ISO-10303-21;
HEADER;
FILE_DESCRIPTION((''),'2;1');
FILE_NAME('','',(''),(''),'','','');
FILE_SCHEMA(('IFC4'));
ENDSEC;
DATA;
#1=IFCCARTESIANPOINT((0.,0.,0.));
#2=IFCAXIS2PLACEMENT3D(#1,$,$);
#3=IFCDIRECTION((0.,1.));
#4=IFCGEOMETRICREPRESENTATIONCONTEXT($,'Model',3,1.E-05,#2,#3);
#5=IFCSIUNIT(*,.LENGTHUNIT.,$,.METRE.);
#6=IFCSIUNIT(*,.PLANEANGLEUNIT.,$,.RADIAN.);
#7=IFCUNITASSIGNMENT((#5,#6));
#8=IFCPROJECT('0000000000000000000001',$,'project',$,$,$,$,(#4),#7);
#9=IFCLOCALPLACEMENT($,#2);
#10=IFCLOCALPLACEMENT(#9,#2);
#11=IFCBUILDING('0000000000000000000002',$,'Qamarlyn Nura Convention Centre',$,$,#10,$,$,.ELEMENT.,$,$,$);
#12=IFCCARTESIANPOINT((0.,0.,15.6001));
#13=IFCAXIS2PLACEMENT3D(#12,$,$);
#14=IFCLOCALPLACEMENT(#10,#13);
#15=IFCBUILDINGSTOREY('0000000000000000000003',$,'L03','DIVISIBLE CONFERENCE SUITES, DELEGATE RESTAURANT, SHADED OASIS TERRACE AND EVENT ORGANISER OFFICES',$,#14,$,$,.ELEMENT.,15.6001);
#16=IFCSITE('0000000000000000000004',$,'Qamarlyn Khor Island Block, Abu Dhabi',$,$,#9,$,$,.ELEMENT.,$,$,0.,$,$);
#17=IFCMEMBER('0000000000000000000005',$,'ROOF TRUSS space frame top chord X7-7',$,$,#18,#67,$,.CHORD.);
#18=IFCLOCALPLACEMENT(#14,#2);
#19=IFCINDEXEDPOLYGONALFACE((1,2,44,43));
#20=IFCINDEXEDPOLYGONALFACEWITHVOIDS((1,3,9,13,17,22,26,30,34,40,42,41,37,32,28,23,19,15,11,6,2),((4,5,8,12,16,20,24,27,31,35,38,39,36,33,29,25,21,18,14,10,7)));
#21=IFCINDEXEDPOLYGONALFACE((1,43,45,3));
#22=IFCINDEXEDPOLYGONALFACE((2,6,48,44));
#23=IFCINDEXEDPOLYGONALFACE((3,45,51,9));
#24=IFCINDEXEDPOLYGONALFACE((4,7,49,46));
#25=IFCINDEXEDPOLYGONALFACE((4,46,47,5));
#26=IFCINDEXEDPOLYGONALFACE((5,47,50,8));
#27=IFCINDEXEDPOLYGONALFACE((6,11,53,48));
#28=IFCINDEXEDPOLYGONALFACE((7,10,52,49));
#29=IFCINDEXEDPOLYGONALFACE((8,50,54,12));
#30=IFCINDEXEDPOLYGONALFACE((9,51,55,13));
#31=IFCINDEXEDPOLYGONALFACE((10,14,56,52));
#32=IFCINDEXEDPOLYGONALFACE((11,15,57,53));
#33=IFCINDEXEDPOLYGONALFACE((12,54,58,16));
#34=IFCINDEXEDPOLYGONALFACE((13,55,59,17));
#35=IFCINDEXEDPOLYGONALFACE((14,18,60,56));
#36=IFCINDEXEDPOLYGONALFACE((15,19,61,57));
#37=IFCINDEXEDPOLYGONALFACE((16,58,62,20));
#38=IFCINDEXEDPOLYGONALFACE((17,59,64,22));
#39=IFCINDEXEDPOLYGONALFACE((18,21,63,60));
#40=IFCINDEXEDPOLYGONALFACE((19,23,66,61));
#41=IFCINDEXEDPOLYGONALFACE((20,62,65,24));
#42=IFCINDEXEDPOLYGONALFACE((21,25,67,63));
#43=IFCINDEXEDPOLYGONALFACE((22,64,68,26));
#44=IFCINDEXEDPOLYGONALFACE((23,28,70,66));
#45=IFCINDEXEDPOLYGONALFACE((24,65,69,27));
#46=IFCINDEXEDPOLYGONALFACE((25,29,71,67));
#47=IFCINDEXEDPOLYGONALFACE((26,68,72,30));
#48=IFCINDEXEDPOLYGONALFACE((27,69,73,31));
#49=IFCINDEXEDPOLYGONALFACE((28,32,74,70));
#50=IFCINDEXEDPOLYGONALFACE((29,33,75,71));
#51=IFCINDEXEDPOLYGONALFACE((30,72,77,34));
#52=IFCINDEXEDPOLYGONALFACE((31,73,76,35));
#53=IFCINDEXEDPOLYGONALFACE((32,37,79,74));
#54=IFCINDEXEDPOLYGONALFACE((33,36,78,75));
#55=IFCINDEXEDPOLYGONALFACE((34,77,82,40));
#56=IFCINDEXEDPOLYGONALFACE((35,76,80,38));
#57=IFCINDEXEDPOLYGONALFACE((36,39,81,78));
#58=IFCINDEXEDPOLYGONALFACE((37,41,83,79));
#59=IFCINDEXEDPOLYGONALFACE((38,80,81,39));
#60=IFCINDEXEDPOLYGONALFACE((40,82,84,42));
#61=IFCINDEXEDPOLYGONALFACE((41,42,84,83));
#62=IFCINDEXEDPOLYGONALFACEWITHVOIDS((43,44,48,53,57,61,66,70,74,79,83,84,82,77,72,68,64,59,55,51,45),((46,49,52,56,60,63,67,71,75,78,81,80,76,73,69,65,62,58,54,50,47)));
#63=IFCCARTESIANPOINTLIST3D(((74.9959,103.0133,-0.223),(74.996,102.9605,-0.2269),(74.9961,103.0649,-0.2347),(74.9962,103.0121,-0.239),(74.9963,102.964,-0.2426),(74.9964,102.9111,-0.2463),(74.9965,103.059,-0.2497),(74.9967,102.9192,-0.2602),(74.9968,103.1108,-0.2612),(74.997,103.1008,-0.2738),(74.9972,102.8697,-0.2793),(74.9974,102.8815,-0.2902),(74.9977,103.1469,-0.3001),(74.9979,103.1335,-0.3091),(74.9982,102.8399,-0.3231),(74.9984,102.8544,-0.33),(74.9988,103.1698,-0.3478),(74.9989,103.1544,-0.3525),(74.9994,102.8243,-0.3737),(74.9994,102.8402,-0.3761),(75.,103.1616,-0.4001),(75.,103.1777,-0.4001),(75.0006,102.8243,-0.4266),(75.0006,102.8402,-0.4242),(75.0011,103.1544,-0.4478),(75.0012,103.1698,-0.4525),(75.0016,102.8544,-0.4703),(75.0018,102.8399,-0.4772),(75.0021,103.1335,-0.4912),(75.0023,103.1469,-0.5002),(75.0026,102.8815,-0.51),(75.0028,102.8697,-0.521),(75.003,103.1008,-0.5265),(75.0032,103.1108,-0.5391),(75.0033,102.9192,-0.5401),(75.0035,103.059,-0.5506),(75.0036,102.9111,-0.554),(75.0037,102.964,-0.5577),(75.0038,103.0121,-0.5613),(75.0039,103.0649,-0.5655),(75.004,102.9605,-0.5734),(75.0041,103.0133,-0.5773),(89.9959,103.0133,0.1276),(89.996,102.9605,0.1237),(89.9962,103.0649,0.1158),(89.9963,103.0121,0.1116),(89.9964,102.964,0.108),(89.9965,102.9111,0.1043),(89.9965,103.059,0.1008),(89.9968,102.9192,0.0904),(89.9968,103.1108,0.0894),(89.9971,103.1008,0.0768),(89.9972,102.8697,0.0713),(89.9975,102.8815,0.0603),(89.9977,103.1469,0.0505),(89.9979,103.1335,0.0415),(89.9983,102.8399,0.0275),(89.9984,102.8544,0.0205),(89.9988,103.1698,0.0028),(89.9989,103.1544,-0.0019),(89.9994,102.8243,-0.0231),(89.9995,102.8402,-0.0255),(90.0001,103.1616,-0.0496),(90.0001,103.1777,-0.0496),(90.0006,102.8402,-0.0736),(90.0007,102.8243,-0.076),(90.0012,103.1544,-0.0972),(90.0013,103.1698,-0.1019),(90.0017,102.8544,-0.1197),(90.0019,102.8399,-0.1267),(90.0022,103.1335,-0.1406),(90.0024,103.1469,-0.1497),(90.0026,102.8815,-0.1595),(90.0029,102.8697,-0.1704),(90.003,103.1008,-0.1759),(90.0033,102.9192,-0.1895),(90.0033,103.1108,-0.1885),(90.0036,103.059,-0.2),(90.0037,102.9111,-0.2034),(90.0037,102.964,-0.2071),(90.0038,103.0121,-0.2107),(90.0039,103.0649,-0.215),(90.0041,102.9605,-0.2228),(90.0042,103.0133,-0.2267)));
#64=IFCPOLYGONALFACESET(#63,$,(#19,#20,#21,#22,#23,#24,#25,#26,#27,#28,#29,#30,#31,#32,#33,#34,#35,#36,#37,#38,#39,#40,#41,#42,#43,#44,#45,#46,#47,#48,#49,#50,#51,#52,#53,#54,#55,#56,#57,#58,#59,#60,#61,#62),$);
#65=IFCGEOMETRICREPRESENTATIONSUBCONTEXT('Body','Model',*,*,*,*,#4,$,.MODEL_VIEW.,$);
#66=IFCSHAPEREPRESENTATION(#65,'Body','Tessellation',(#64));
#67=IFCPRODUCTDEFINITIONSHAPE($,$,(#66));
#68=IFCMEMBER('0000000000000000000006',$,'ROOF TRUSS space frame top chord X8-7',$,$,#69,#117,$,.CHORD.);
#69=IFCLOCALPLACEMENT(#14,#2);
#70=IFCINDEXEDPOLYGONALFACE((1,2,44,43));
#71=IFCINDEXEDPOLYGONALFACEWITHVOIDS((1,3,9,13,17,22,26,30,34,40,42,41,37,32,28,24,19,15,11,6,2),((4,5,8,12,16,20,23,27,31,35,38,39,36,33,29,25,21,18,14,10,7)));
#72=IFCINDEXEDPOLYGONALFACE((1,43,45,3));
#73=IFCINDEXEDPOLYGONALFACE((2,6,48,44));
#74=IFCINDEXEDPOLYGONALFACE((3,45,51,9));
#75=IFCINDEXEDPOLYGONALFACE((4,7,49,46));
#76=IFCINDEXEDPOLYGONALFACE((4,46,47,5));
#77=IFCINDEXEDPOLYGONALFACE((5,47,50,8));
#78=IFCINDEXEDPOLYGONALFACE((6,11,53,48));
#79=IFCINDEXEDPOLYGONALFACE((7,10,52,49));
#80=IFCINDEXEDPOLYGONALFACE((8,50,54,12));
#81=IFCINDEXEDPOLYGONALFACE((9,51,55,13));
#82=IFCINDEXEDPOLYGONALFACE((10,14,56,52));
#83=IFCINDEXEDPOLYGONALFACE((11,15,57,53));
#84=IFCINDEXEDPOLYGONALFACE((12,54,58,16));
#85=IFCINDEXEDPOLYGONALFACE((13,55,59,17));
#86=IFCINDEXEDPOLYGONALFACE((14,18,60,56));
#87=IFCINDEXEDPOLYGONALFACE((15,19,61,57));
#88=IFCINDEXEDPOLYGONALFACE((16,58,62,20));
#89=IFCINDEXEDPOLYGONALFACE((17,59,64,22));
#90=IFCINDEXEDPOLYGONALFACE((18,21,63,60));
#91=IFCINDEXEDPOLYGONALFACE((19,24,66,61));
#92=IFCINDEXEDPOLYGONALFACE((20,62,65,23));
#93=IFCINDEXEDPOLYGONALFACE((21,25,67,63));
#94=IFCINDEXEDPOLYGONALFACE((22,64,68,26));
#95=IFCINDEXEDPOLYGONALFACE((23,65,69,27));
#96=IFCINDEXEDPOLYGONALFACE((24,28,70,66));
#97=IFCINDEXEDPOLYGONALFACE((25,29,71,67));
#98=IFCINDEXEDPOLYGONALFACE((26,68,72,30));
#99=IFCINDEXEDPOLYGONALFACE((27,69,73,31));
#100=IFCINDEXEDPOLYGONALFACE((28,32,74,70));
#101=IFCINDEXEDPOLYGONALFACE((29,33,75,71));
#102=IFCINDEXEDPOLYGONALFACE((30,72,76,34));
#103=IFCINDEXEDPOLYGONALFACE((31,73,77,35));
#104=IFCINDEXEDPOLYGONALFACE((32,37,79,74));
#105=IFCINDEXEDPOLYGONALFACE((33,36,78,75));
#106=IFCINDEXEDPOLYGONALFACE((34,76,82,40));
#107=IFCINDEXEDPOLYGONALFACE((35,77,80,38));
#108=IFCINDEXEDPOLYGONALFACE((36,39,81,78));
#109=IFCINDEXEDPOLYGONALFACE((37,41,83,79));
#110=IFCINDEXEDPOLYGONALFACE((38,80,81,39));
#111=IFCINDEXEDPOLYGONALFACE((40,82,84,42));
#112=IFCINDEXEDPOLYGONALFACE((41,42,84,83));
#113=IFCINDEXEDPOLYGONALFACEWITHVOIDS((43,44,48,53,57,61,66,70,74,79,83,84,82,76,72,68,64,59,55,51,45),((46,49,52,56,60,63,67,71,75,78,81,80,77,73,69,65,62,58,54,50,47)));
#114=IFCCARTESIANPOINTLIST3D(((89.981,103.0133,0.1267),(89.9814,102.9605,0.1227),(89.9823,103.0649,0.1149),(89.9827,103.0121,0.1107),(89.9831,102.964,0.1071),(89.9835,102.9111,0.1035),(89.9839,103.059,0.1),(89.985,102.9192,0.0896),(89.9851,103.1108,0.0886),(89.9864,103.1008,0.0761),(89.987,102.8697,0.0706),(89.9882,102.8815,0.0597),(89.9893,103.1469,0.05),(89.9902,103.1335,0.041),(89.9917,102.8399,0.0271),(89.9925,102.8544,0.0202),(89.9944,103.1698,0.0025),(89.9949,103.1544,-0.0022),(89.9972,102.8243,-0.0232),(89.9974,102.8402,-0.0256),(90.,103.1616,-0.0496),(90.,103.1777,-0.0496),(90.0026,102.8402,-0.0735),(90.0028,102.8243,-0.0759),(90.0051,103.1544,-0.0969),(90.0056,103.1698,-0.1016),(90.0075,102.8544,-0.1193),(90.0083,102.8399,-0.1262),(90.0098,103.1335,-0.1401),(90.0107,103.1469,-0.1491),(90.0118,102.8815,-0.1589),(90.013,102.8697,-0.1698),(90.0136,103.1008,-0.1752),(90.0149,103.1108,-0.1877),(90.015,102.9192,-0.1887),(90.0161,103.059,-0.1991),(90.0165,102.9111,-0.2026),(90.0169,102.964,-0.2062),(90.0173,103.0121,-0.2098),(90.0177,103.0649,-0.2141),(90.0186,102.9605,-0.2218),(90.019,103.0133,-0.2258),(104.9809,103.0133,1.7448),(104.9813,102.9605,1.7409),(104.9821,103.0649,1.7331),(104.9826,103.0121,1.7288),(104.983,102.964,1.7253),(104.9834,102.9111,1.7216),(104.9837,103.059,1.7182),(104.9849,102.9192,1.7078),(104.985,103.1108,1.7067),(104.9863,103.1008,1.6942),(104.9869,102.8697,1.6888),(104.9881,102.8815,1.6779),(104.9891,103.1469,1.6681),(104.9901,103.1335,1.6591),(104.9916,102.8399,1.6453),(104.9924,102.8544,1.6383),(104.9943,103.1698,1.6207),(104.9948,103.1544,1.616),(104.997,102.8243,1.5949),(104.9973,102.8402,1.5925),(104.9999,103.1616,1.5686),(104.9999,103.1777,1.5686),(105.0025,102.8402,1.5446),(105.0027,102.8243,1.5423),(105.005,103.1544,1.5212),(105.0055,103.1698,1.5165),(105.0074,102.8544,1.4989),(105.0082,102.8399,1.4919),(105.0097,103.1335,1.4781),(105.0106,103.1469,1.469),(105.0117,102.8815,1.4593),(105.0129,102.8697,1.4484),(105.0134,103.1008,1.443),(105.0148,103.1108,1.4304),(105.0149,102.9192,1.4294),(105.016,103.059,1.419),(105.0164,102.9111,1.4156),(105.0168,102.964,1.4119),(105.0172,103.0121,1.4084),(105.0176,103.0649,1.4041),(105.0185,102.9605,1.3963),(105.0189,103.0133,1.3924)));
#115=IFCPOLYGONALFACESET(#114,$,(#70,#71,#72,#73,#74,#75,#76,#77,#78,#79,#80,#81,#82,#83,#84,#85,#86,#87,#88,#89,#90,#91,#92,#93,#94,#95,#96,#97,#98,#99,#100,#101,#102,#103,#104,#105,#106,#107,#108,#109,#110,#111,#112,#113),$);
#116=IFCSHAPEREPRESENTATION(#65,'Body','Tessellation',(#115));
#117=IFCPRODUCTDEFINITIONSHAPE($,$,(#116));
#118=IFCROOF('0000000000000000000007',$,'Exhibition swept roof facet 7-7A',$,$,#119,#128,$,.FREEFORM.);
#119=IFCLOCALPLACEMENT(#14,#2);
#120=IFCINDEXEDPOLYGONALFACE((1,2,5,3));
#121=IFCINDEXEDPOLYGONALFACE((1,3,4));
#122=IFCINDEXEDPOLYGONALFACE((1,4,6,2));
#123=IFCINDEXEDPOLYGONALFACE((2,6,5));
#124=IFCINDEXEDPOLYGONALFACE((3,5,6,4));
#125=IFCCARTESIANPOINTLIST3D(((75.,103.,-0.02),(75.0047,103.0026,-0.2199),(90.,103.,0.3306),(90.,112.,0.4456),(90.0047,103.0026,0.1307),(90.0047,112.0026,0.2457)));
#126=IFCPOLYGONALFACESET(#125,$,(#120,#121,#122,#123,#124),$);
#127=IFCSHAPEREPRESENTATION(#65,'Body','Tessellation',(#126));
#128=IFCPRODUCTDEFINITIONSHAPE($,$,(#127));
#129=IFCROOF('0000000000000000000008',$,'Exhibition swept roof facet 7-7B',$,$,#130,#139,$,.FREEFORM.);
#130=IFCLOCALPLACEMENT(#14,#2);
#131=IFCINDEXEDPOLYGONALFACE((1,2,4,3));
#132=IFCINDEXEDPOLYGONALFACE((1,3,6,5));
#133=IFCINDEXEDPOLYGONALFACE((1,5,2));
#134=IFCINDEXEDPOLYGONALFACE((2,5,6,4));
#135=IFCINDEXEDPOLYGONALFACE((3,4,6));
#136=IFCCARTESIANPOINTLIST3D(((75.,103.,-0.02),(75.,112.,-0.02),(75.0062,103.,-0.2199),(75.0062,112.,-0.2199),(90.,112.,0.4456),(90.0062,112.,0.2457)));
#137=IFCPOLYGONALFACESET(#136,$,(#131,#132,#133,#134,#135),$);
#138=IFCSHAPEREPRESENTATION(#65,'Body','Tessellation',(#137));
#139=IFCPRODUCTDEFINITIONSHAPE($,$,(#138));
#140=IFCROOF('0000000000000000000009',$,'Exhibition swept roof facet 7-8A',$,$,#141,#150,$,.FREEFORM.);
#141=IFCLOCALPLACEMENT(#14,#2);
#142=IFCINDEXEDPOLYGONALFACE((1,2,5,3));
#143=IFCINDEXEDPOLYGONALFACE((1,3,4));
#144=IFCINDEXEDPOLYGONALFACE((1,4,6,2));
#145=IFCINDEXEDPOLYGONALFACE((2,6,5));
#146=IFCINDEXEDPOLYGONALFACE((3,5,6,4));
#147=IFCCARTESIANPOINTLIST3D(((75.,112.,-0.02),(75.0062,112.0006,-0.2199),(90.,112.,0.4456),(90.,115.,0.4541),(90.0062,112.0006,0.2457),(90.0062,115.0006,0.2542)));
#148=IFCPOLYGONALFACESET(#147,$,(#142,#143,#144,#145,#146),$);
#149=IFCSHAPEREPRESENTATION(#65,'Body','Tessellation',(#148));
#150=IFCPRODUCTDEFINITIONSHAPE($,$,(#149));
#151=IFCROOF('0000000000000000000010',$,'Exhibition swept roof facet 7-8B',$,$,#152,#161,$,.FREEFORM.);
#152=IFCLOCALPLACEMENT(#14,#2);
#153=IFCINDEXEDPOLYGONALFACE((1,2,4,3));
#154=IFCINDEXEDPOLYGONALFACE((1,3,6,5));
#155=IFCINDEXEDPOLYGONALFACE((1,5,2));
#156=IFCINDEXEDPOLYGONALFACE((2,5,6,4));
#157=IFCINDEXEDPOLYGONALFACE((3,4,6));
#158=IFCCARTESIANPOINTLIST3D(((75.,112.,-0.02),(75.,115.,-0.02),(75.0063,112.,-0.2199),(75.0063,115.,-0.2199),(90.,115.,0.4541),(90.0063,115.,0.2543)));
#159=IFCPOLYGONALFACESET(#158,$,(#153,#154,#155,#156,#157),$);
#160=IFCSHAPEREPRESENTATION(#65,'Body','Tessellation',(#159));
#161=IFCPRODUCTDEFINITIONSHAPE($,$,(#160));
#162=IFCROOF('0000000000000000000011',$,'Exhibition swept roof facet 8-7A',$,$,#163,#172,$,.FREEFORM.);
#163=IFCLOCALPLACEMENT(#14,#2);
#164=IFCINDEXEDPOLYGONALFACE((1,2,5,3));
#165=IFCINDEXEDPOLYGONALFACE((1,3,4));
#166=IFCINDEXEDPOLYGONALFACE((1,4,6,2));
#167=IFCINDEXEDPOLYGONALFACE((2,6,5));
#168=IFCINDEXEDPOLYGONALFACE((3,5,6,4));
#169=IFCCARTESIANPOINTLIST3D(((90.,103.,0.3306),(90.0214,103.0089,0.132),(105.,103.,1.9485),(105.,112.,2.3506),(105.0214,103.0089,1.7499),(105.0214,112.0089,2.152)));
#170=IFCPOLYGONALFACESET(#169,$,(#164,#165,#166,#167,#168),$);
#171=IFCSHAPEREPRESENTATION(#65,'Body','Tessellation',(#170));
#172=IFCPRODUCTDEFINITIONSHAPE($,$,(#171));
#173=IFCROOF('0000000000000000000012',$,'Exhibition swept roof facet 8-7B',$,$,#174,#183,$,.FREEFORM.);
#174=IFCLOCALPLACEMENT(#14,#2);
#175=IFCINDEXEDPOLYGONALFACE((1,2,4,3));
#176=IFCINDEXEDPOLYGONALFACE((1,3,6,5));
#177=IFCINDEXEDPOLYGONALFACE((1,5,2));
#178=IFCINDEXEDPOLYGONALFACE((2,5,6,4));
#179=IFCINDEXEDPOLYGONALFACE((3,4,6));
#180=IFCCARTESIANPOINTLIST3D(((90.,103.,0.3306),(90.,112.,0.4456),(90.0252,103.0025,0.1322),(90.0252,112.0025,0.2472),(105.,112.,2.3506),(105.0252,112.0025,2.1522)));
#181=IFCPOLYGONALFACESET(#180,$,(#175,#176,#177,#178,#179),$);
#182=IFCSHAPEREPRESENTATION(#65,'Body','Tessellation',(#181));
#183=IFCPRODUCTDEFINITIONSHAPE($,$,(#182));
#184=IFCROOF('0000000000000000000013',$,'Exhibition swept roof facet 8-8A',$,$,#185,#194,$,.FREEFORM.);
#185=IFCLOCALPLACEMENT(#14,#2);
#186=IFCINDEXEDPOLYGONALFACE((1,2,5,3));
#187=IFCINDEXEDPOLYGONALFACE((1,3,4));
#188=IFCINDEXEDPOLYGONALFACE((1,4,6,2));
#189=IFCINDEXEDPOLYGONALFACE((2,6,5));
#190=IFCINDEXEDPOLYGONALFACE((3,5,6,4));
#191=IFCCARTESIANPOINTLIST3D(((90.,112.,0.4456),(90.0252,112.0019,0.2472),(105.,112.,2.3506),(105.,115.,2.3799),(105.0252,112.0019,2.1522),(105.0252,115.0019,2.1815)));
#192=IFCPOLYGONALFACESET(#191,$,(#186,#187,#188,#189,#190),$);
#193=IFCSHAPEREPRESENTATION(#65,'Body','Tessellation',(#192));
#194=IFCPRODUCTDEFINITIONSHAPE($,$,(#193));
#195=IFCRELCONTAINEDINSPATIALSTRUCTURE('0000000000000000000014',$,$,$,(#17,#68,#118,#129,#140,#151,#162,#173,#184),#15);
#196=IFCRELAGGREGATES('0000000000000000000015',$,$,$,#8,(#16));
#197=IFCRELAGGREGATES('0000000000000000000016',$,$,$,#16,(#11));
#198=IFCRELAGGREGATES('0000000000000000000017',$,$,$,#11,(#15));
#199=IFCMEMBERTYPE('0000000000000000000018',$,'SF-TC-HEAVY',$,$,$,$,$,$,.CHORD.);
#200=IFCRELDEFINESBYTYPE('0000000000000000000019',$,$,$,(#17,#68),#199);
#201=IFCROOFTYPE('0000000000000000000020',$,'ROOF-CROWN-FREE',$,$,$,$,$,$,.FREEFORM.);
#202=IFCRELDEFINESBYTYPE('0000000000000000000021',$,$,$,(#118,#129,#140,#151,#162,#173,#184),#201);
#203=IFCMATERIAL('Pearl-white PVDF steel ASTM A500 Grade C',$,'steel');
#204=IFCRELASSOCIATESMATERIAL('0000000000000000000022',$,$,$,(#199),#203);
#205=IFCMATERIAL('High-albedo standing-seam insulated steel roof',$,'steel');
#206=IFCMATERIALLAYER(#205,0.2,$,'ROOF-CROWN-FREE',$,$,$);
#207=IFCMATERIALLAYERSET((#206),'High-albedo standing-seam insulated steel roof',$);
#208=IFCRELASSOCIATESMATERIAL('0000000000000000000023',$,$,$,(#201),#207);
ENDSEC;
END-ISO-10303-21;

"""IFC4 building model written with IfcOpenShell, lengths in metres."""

from ifc_helpers import new_model, si_unit, direction, frame, origin, origin_2d, place, context, subcontext, project, spatial, polyline, hollow_circle, outline, extrude, material, layer, layer_set, material_profile, profile_set, type_object, element, save


model = new_model("IFC4")

# Units and contexts
model_context = context("Model", 3, precision=1e-05, world=origin(), true_north=direction((0.0, 1.0)))
body_context = subcontext(model_context, "Body", "Model", "MODEL_VIEW")
ifc_project = project(units=[si_unit("LENGTHUNIT", "METRE"), si_unit("PLANEANGLEUNIT", "RADIAN")], contexts=[model_context])

# Site, building, storey
site_placement = place(None, origin())
site = spatial("IfcSite", under=ifc_project, at=site_placement, Name="Qamarlyn Khor Island Block, Abu Dhabi", CompositionType="ELEMENT", RefElevation=0.0)
building_placement = place(site_placement, origin())
building = spatial("IfcBuilding", under=site, at=building_placement, Name="Qamarlyn Nura Convention Centre", CompositionType="ELEMENT")
storey_placement = place(building_placement, frame((0.0, 0.0, 15.6001)))
storey = spatial("IfcBuildingStorey", under=building, at=storey_placement, Name="L03", Description="DIVISIBLE CONFERENCE SUITES, DELEGATE RESTAURANT, SHADED OASIS TERRACE AND EVENT ORGANISER OFFICES", CompositionType="ELEMENT", Elevation=15.6001)

# Members
ifc_material_1 = material(Name="Pearl-white PVDF steel ASTM A500 Grade C", Category="steel")
ifc_material_profile_1 = material_profile(ifc_material_1, hollow_circle(Radius=0.1777, WallThickness=0.0161, at=origin_2d()), Name="CHS355.6X16")
ifc_profile_set_1 = profile_set([ifc_material_profile_1], Name="Pearl-white PVDF steel ASTM A500 Grade C")
member_type_1 = type_object("IfcMemberType", Name="SF-TC-HEAVY", PredefinedType="CHORD", material=ifc_profile_set_1)
member_1_placement = place(storey_placement, frame((75.0, 103.0, -0.4001), z_axis=(0.999727, 0.0, 0.023366), x_axis=(0.0, 1.0, 0.0)))
element("IfcMember", 1, at=member_1_placement, inside=storey, type_object=member_type_1, Name="ROOF TRUSS space frame top chord X7-7", PredefinedType="CHORD", context=body_context, shape_type="SweptSolid", body=[
    extrude(hollow_circle(Radius=0.1777, WallThickness=0.0161, at=origin_2d()), origin(), (0.0, 0.0, 1.0), 15.0042),
])
member_2_placement = place(storey_placement, frame((90.0, 103.0, -0.0496), z_axis=(0.994232, 0.0, 0.107255), x_axis=(0.0, 1.0, 0.0)))
element("IfcMember", 2, at=member_2_placement, inside=storey, type_object=member_type_1, Name="ROOF TRUSS space frame top chord X8-7", PredefinedType="CHORD", context=body_context, shape_type="SweptSolid", body=[
    extrude(hollow_circle(Radius=0.1777, WallThickness=0.0161, at=origin_2d()), origin(), (0.0, 0.0, 1.0), 15.0869),
])

# Roofs
ifc_material_2 = material(Name="High-albedo standing-seam insulated steel roof", Category="steel")
ifc_layer = layer(ifc_material_2, 0.2, Name="ROOF-CROWN-FREE")
ifc_layer_set = layer_set([ifc_layer], Name="High-albedo standing-seam insulated steel roof")
roof_type = type_object("IfcRoofType", Name="ROOF-CROWN-FREE", PredefinedType="FREEFORM", material=ifc_layer_set)
roof_1_placement = place(storey_placement, frame((75.0, 103.0, -0.02), z_axis=(-0.023364, -0.012772, 0.999645), x_axis=(0.999727, 0.0, 0.023366)))
element("IfcRoof", 3, at=roof_1_placement, inside=storey, type_object=roof_type, Name="Exhibition swept roof facet 7-7A", PredefinedType="FREEFORM", context=body_context, shape_type="SweptSolid", body=[
    extrude(outline(polyline([(0.0, 0.0), (15.0041, 0.0), (15.0068, 9.0007), (0.0, 0.0)])), origin(), (0.0, 0.0, -1.0), 0.2),
])
roof_2_placement = place(storey_placement, frame((75.0, 103.0, -0.02), z_axis=(-0.031023, 0.0, 0.999519), x_axis=(0.857189, 0.514314, 0.026606)))
element("IfcRoof", 4, at=roof_2_placement, inside=storey, type_object=roof_type, Name="Exhibition swept roof facet 7-7B", PredefinedType="FREEFORM", context=body_context, shape_type="SweptSolid", body=[
    extrude(outline(polyline([(0.0, 0.0), (17.4991, 0.0), (4.6288, 7.7184), (0.0, 0.0)])), origin(), (0.0, 0.0, -1.0), 0.2),
])
roof_3_placement = place(storey_placement, frame((75.0, 112.0, -0.02), z_axis=(-0.031023, -0.002847, 0.999515), x_axis=(0.999519, 0.0, 0.031023)))
element("IfcRoof", 5, at=roof_3_placement, inside=storey, type_object=roof_type, Name="Exhibition swept roof facet 7-8A", PredefinedType="FREEFORM", context=body_context, shape_type="SweptSolid", body=[
    extrude(outline(polyline([(0.0, 0.0), (15.0072, 0.0), (15.0075, 3.0), (0.0, 0.0)])), origin(), (0.0, 0.0, -1.0), 0.2),
])
roof_4_placement = place(storey_placement, frame((75.0, 112.0, -0.02), z_axis=(-0.031592, 0.0, 0.999501), x_axis=(0.98011, 0.196022, 0.030979)))
element("IfcRoof", 6, at=roof_4_placement, inside=storey, type_object=roof_type, Name="Exhibition swept roof facet 7-8B", PredefinedType="FREEFORM", context=body_context, shape_type="SweptSolid", body=[
    extrude(outline(polyline([(0.0, 0.0), (15.3044, 0.0), (0.5881, 2.9418), (0.0, 0.0)])), origin(), (0.0, 0.0, -1.0), 0.2),
])
roof_5_placement = place(storey_placement, frame((90.0, 103.0, 0.3306), z_axis=(-0.107134, -0.044376, 0.993254), x_axis=(0.994233, 0.0, 0.107239)))
element("IfcRoof", 7, at=roof_5_placement, inside=storey, type_object=roof_type, Name="Exhibition swept roof facet 8-7A", PredefinedType="FREEFORM", context=body_context, shape_type="SweptSolid", body=[
    extrude(outline(polyline([(0.0, 0.0), (15.087, 0.0), (15.1301, 9.0089), (0.0, 0.0)])), origin(), (0.0, 0.0, -1.0), 0.2),
])
roof_6_placement = place(storey_placement, frame((90.0, 103.0, 0.3306), z_axis=(-0.12598, -0.012674, 0.991952), x_axis=(0.851832, 0.511099, 0.114715)))
element("IfcRoof", 8, at=roof_6_placement, inside=storey, type_object=roof_type, Name="Exhibition swept roof facet 8-7B", PredefinedType="FREEFORM", context=body_context, shape_type="SweptSolid", body=[
    extrude(outline(polyline([(0.0, 0.0), (17.6091, 0.0), (4.6131, 7.7287), (0.0, 0.0)])), origin(), (0.0, 0.0, -1.0), 0.2),
])
roof_7_placement = place(storey_placement, frame((90.0, 112.0, 0.4456), z_axis=(-0.125984, -0.009687, 0.991985), x_axis=(0.992032, 0.0, 0.12599)))
element("IfcRoof", 9, at=roof_7_placement, inside=storey, type_object=roof_type, Name="Exhibition swept roof facet 8-8A", PredefinedType="FREEFORM", context=body_context, shape_type="SweptSolid", body=[
    extrude(outline(polyline([(0.0, 0.0), (15.1205, 0.0), (15.1242, 3.0001), (0.0, 0.0)])), origin(), (0.0, 0.0, -1.0), 0.2),
])

save(model, "model.ifc")
